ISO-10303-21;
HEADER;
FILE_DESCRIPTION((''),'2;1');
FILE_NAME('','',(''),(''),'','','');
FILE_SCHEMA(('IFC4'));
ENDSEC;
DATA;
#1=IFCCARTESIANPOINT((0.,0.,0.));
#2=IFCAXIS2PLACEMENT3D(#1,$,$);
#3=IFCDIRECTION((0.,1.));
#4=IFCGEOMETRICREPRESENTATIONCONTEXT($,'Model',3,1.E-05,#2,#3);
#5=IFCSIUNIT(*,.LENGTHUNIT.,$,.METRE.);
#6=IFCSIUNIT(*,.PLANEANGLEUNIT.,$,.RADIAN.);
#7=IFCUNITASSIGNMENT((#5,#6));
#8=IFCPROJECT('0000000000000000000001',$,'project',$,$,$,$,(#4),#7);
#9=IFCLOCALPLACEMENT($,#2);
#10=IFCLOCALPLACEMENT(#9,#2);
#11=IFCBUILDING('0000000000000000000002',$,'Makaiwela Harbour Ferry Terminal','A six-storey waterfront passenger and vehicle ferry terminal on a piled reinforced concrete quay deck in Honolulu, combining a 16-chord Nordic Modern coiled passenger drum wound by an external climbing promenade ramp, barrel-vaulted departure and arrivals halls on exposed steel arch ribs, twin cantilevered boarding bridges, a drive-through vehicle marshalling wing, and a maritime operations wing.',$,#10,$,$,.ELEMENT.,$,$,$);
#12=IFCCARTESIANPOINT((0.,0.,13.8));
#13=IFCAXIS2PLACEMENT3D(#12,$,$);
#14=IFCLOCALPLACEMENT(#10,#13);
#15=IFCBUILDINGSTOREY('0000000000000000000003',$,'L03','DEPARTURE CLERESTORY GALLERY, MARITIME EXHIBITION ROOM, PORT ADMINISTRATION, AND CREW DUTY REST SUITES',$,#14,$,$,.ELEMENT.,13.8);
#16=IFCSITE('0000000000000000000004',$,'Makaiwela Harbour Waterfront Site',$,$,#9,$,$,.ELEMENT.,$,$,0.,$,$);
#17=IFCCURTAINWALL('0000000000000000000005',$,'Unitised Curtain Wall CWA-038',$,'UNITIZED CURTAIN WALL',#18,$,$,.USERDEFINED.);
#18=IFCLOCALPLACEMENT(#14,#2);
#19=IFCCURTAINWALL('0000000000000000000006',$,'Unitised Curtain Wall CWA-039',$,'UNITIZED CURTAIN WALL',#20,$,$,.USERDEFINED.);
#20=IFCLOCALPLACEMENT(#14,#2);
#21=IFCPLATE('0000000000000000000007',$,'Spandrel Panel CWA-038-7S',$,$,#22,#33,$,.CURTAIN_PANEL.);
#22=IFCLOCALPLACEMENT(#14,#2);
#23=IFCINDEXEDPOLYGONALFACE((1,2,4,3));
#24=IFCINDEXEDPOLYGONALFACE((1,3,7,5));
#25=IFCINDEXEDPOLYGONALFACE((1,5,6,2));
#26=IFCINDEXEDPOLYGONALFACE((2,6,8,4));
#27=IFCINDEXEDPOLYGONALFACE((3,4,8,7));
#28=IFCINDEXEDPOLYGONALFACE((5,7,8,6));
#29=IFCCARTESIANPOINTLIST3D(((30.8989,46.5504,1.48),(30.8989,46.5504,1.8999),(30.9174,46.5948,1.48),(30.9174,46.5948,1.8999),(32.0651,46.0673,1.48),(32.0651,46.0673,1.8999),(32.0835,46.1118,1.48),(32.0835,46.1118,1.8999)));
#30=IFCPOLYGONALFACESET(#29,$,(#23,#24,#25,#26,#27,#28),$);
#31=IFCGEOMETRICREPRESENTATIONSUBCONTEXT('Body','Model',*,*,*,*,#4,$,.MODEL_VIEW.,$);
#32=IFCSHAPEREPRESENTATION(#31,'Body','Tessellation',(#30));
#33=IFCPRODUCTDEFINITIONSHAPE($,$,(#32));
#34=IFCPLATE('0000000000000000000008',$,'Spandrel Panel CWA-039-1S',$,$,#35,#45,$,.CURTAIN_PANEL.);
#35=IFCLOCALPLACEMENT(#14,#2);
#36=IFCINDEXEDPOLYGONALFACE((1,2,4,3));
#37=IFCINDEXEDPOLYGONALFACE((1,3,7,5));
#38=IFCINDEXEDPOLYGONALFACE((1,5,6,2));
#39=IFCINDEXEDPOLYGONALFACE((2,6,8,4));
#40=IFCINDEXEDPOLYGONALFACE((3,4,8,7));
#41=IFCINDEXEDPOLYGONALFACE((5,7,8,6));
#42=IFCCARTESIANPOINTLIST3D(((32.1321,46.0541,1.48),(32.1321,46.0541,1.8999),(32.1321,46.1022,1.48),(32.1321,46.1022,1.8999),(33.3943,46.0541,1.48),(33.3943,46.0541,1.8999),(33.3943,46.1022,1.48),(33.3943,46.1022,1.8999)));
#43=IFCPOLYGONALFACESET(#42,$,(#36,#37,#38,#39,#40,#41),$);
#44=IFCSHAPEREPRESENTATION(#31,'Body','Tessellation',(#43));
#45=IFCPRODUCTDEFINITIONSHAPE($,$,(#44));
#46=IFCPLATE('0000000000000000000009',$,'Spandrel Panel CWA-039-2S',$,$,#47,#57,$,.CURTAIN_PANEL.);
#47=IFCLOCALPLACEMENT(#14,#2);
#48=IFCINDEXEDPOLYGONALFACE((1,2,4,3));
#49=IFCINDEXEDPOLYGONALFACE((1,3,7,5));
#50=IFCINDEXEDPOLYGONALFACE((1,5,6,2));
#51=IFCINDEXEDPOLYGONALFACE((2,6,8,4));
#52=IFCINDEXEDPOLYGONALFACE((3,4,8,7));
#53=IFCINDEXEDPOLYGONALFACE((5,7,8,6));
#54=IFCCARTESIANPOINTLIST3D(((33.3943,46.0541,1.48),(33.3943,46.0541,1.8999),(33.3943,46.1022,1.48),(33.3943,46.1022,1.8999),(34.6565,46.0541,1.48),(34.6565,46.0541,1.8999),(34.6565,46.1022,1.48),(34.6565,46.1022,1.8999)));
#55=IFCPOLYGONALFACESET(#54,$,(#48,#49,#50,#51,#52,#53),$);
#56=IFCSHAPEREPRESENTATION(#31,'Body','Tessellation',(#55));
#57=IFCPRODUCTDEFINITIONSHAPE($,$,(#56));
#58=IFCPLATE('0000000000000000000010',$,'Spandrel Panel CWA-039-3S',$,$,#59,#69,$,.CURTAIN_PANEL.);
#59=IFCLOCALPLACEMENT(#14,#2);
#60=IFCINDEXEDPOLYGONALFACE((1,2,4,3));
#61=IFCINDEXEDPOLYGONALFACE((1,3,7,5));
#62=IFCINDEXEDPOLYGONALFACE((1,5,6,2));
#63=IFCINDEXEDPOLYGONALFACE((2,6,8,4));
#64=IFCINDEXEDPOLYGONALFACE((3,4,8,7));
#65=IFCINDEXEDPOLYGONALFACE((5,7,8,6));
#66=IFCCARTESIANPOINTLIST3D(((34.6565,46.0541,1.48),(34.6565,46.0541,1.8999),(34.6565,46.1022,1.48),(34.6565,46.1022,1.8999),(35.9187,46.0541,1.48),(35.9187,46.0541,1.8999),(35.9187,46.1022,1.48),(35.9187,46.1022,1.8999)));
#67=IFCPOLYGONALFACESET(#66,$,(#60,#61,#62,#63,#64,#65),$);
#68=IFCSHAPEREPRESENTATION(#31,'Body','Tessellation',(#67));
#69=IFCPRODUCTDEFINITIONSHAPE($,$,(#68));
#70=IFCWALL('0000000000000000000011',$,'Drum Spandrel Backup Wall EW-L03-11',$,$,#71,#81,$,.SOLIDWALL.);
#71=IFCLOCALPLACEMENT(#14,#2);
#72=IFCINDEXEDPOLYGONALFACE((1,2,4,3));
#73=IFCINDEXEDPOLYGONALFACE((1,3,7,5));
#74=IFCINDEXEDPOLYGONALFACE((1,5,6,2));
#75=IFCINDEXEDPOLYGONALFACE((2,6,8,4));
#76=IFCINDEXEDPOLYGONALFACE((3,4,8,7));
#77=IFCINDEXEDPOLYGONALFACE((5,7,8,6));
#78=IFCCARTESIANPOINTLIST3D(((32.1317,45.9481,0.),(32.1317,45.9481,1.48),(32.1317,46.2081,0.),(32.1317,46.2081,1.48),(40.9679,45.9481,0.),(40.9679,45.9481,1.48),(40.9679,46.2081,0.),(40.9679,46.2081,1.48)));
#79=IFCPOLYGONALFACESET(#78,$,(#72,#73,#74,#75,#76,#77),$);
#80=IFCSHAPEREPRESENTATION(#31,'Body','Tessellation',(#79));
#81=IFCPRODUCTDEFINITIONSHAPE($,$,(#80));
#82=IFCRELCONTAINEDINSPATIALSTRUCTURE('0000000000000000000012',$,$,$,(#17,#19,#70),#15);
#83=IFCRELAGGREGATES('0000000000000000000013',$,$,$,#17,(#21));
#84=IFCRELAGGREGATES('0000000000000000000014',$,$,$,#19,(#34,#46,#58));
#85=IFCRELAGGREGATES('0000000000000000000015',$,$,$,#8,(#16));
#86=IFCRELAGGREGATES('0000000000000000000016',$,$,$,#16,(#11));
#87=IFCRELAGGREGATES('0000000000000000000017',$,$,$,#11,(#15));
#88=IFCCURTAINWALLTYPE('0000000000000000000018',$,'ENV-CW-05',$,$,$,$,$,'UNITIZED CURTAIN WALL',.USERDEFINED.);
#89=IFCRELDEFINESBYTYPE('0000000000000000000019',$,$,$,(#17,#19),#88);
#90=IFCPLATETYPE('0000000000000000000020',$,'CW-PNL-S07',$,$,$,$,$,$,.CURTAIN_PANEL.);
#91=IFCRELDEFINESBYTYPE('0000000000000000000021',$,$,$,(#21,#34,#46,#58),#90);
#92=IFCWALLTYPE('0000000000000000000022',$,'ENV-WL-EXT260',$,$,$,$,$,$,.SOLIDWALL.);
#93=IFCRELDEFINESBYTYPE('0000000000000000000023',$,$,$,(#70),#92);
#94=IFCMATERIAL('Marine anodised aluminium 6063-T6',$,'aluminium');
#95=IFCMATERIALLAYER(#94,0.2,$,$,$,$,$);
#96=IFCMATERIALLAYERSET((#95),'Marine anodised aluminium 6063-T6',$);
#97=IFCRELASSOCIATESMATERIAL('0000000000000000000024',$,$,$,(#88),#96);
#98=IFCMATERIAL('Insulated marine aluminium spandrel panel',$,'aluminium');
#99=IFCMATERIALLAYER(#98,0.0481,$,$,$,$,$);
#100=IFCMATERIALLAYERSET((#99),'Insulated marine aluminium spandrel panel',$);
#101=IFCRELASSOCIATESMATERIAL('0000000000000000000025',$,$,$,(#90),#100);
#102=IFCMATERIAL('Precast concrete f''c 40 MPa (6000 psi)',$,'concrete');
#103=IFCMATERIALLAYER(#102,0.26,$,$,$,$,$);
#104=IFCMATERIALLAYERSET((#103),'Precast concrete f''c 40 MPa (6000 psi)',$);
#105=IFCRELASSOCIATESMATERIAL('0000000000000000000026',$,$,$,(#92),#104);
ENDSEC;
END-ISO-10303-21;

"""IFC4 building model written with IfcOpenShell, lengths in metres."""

from ifc_helpers import new_model, si_unit, direction, frame, frame_2d, origin, origin_2d, place, context, subcontext, project, spatial, rectangle, extrude, material, layer, layer_set, type_object, element, aggregate, save


model = new_model("IFC4")

# Units and contexts
model_context = context("Model", 3, precision=1e-05, world=origin(), true_north=direction((0.0, 1.0)))
body_context = subcontext(model_context, "Body", "Model", "MODEL_VIEW")
ifc_project = project(units=[si_unit("LENGTHUNIT", "METRE"), si_unit("PLANEANGLEUNIT", "RADIAN")], contexts=[model_context])

# Site, building, storey
site_placement = place(None, origin())
site = spatial("IfcSite", under=ifc_project, at=site_placement, Name="Makaiwela Harbour Waterfront Site", CompositionType="ELEMENT", RefElevation=0.0)
building_placement = place(site_placement, origin())
building = spatial("IfcBuilding", under=site, at=building_placement, Name="Makaiwela Harbour Ferry Terminal", Description="A six-storey waterfront passenger and vehicle ferry terminal on a piled reinforced concrete quay deck in Honolulu, combining a 16-chord Nordic Modern coiled passenger drum wound by an external climbing promenade ramp, barrel-vaulted departure and arrivals halls on exposed steel arch ribs, twin cantilevered boarding bridges, a drive-through vehicle marshalling wing, and a maritime operations wing.", CompositionType="ELEMENT")
storey_placement = place(building_placement, frame((0.0, 0.0, 13.8)))
storey = spatial("IfcBuildingStorey", under=building, at=storey_placement, Name="L03", Description="DEPARTURE CLERESTORY GALLERY, MARITIME EXHIBITION ROOM, PORT ADMINISTRATION, AND CREW DUTY REST SUITES", CompositionType="ELEMENT", Elevation=13.8)

# Curtain wall
ifc_material_1 = material(Name="Marine anodised aluminium 6063-T6", Category="aluminium")
ifc_layer_1 = layer(ifc_material_1, 0.2)
ifc_layer_set_1 = layer_set([ifc_layer_1], Name="Marine anodised aluminium 6063-T6")
curtain_wall_type = type_object("IfcCurtainWallType", Name="ENV-CW-05", ElementType="UNITIZED CURTAIN WALL", PredefinedType="USERDEFINED", material=ifc_layer_set_1)
curtain_wall_1_placement = place(storey_placement, origin())
curtain_wall_1 = element("IfcCurtainWall", 1, at=curtain_wall_1_placement, inside=storey, type_object=curtain_wall_type, Name="Unitised Curtain Wall CWA-038", ObjectType="UNITIZED CURTAIN WALL", PredefinedType="USERDEFINED")

# Curtain wall
curtain_wall_2_placement = place(storey_placement, origin())
curtain_wall_2 = element("IfcCurtainWall", 2, at=curtain_wall_2_placement, inside=storey, type_object=curtain_wall_type, Name="Unitised Curtain Wall CWA-039", ObjectType="UNITIZED CURTAIN WALL", PredefinedType="USERDEFINED")

# Plates
ifc_material_2 = material(Name="Insulated marine aluminium spandrel panel", Category="aluminium")
ifc_layer_2 = layer(ifc_material_2, 0.0481)
ifc_layer_set_2 = layer_set([ifc_layer_2], Name="Insulated marine aluminium spandrel panel")
plate_type_1 = type_object("IfcPlateType", Name="CW-PNL-S07", PredefinedType="CURTAIN_PANEL", material=ifc_layer_set_2)
plate_1_placement = place(storey_placement, frame((31.4912, 46.3311, 1.48), z_axis=(0.0, 0.0, 1.0), x_axis=(0.92388, -0.382683, 0.0)))
plate_1 = element("IfcPlate", 3, at=plate_1_placement, type_object=plate_type_1, Name="Spandrel Panel CWA-038-7S", PredefinedType="CURTAIN_PANEL", context=body_context, shape_type="SweptSolid", body=[
    extrude(rectangle(XDim=1.2622, YDim=0.0481, at=origin_2d()), origin(), (0.0, 0.0, 1.0), 0.4199),
])
aggregate(curtain_wall_1, [plate_1])
plate_2_placement = place(storey_placement, frame((32.7632, 46.0781, 1.48), z_axis=(0.0, 0.0, 1.0), x_axis=(1.0, 0.0, 0.0)))
plate_2 = element("IfcPlate", 4, at=plate_2_placement, type_object=plate_type_1, Name="Spandrel Panel CWA-039-1S", PredefinedType="CURTAIN_PANEL", context=body_context, shape_type="SweptSolid", body=[
    extrude(rectangle(XDim=1.2622, YDim=0.0481, at=origin_2d()), origin(), (0.0, 0.0, 1.0), 0.4199),
])
plate_3_placement = place(storey_placement, frame((34.0254, 46.0781, 1.48), z_axis=(0.0, 0.0, 1.0), x_axis=(1.0, 0.0, 0.0)))
plate_3 = element("IfcPlate", 5, at=plate_3_placement, type_object=plate_type_1, Name="Spandrel Panel CWA-039-2S", PredefinedType="CURTAIN_PANEL", context=body_context, shape_type="SweptSolid", body=[
    extrude(rectangle(XDim=1.2622, YDim=0.0481, at=origin_2d()), origin(), (0.0, 0.0, 1.0), 0.4199),
])
plate_4_placement = place(storey_placement, frame((35.2876, 46.0781, 1.48), z_axis=(0.0, 0.0, 1.0), x_axis=(1.0, 0.0, 0.0)))
plate_4 = element("IfcPlate", 6, at=plate_4_placement, type_object=plate_type_1, Name="Spandrel Panel CWA-039-3S", PredefinedType="CURTAIN_PANEL", context=body_context, shape_type="SweptSolid", body=[
    extrude(rectangle(XDim=1.2622, YDim=0.0481, at=origin_2d()), origin(), (0.0, 0.0, 1.0), 0.4199),
])
aggregate(curtain_wall_2, [plate_2, plate_3, plate_4])

# Wall
ifc_material_3 = material(Name="Precast concrete f'c 40 MPa (6000 psi)", Category="concrete")
ifc_layer_3 = layer(ifc_material_3, 0.26)
ifc_layer_set_3 = layer_set([ifc_layer_3], Name="Precast concrete f'c 40 MPa (6000 psi)")
wall_type = type_object("IfcWallType", Name="ENV-WL-EXT260", PredefinedType="SOLIDWALL", material=ifc_layer_set_3)
wall_placement = place(storey_placement, frame((32.1318, 46.0781, 0.0), z_axis=(0.0, 0.0, 1.0), x_axis=(1.0, 0.0, 0.0)))
element("IfcWall", 7, at=wall_placement, inside=storey, type_object=wall_type, Name="Drum Spandrel Backup Wall EW-L03-11", PredefinedType="SOLIDWALL", context=body_context, shape_type="SweptSolid", body=[
    extrude(rectangle(XDim=8.8362, YDim=0.26, at=frame_2d((4.418, 0.0))), origin(), (0.0, 0.0, 1.0), 1.48),
])

save(model, "model.ifc")
